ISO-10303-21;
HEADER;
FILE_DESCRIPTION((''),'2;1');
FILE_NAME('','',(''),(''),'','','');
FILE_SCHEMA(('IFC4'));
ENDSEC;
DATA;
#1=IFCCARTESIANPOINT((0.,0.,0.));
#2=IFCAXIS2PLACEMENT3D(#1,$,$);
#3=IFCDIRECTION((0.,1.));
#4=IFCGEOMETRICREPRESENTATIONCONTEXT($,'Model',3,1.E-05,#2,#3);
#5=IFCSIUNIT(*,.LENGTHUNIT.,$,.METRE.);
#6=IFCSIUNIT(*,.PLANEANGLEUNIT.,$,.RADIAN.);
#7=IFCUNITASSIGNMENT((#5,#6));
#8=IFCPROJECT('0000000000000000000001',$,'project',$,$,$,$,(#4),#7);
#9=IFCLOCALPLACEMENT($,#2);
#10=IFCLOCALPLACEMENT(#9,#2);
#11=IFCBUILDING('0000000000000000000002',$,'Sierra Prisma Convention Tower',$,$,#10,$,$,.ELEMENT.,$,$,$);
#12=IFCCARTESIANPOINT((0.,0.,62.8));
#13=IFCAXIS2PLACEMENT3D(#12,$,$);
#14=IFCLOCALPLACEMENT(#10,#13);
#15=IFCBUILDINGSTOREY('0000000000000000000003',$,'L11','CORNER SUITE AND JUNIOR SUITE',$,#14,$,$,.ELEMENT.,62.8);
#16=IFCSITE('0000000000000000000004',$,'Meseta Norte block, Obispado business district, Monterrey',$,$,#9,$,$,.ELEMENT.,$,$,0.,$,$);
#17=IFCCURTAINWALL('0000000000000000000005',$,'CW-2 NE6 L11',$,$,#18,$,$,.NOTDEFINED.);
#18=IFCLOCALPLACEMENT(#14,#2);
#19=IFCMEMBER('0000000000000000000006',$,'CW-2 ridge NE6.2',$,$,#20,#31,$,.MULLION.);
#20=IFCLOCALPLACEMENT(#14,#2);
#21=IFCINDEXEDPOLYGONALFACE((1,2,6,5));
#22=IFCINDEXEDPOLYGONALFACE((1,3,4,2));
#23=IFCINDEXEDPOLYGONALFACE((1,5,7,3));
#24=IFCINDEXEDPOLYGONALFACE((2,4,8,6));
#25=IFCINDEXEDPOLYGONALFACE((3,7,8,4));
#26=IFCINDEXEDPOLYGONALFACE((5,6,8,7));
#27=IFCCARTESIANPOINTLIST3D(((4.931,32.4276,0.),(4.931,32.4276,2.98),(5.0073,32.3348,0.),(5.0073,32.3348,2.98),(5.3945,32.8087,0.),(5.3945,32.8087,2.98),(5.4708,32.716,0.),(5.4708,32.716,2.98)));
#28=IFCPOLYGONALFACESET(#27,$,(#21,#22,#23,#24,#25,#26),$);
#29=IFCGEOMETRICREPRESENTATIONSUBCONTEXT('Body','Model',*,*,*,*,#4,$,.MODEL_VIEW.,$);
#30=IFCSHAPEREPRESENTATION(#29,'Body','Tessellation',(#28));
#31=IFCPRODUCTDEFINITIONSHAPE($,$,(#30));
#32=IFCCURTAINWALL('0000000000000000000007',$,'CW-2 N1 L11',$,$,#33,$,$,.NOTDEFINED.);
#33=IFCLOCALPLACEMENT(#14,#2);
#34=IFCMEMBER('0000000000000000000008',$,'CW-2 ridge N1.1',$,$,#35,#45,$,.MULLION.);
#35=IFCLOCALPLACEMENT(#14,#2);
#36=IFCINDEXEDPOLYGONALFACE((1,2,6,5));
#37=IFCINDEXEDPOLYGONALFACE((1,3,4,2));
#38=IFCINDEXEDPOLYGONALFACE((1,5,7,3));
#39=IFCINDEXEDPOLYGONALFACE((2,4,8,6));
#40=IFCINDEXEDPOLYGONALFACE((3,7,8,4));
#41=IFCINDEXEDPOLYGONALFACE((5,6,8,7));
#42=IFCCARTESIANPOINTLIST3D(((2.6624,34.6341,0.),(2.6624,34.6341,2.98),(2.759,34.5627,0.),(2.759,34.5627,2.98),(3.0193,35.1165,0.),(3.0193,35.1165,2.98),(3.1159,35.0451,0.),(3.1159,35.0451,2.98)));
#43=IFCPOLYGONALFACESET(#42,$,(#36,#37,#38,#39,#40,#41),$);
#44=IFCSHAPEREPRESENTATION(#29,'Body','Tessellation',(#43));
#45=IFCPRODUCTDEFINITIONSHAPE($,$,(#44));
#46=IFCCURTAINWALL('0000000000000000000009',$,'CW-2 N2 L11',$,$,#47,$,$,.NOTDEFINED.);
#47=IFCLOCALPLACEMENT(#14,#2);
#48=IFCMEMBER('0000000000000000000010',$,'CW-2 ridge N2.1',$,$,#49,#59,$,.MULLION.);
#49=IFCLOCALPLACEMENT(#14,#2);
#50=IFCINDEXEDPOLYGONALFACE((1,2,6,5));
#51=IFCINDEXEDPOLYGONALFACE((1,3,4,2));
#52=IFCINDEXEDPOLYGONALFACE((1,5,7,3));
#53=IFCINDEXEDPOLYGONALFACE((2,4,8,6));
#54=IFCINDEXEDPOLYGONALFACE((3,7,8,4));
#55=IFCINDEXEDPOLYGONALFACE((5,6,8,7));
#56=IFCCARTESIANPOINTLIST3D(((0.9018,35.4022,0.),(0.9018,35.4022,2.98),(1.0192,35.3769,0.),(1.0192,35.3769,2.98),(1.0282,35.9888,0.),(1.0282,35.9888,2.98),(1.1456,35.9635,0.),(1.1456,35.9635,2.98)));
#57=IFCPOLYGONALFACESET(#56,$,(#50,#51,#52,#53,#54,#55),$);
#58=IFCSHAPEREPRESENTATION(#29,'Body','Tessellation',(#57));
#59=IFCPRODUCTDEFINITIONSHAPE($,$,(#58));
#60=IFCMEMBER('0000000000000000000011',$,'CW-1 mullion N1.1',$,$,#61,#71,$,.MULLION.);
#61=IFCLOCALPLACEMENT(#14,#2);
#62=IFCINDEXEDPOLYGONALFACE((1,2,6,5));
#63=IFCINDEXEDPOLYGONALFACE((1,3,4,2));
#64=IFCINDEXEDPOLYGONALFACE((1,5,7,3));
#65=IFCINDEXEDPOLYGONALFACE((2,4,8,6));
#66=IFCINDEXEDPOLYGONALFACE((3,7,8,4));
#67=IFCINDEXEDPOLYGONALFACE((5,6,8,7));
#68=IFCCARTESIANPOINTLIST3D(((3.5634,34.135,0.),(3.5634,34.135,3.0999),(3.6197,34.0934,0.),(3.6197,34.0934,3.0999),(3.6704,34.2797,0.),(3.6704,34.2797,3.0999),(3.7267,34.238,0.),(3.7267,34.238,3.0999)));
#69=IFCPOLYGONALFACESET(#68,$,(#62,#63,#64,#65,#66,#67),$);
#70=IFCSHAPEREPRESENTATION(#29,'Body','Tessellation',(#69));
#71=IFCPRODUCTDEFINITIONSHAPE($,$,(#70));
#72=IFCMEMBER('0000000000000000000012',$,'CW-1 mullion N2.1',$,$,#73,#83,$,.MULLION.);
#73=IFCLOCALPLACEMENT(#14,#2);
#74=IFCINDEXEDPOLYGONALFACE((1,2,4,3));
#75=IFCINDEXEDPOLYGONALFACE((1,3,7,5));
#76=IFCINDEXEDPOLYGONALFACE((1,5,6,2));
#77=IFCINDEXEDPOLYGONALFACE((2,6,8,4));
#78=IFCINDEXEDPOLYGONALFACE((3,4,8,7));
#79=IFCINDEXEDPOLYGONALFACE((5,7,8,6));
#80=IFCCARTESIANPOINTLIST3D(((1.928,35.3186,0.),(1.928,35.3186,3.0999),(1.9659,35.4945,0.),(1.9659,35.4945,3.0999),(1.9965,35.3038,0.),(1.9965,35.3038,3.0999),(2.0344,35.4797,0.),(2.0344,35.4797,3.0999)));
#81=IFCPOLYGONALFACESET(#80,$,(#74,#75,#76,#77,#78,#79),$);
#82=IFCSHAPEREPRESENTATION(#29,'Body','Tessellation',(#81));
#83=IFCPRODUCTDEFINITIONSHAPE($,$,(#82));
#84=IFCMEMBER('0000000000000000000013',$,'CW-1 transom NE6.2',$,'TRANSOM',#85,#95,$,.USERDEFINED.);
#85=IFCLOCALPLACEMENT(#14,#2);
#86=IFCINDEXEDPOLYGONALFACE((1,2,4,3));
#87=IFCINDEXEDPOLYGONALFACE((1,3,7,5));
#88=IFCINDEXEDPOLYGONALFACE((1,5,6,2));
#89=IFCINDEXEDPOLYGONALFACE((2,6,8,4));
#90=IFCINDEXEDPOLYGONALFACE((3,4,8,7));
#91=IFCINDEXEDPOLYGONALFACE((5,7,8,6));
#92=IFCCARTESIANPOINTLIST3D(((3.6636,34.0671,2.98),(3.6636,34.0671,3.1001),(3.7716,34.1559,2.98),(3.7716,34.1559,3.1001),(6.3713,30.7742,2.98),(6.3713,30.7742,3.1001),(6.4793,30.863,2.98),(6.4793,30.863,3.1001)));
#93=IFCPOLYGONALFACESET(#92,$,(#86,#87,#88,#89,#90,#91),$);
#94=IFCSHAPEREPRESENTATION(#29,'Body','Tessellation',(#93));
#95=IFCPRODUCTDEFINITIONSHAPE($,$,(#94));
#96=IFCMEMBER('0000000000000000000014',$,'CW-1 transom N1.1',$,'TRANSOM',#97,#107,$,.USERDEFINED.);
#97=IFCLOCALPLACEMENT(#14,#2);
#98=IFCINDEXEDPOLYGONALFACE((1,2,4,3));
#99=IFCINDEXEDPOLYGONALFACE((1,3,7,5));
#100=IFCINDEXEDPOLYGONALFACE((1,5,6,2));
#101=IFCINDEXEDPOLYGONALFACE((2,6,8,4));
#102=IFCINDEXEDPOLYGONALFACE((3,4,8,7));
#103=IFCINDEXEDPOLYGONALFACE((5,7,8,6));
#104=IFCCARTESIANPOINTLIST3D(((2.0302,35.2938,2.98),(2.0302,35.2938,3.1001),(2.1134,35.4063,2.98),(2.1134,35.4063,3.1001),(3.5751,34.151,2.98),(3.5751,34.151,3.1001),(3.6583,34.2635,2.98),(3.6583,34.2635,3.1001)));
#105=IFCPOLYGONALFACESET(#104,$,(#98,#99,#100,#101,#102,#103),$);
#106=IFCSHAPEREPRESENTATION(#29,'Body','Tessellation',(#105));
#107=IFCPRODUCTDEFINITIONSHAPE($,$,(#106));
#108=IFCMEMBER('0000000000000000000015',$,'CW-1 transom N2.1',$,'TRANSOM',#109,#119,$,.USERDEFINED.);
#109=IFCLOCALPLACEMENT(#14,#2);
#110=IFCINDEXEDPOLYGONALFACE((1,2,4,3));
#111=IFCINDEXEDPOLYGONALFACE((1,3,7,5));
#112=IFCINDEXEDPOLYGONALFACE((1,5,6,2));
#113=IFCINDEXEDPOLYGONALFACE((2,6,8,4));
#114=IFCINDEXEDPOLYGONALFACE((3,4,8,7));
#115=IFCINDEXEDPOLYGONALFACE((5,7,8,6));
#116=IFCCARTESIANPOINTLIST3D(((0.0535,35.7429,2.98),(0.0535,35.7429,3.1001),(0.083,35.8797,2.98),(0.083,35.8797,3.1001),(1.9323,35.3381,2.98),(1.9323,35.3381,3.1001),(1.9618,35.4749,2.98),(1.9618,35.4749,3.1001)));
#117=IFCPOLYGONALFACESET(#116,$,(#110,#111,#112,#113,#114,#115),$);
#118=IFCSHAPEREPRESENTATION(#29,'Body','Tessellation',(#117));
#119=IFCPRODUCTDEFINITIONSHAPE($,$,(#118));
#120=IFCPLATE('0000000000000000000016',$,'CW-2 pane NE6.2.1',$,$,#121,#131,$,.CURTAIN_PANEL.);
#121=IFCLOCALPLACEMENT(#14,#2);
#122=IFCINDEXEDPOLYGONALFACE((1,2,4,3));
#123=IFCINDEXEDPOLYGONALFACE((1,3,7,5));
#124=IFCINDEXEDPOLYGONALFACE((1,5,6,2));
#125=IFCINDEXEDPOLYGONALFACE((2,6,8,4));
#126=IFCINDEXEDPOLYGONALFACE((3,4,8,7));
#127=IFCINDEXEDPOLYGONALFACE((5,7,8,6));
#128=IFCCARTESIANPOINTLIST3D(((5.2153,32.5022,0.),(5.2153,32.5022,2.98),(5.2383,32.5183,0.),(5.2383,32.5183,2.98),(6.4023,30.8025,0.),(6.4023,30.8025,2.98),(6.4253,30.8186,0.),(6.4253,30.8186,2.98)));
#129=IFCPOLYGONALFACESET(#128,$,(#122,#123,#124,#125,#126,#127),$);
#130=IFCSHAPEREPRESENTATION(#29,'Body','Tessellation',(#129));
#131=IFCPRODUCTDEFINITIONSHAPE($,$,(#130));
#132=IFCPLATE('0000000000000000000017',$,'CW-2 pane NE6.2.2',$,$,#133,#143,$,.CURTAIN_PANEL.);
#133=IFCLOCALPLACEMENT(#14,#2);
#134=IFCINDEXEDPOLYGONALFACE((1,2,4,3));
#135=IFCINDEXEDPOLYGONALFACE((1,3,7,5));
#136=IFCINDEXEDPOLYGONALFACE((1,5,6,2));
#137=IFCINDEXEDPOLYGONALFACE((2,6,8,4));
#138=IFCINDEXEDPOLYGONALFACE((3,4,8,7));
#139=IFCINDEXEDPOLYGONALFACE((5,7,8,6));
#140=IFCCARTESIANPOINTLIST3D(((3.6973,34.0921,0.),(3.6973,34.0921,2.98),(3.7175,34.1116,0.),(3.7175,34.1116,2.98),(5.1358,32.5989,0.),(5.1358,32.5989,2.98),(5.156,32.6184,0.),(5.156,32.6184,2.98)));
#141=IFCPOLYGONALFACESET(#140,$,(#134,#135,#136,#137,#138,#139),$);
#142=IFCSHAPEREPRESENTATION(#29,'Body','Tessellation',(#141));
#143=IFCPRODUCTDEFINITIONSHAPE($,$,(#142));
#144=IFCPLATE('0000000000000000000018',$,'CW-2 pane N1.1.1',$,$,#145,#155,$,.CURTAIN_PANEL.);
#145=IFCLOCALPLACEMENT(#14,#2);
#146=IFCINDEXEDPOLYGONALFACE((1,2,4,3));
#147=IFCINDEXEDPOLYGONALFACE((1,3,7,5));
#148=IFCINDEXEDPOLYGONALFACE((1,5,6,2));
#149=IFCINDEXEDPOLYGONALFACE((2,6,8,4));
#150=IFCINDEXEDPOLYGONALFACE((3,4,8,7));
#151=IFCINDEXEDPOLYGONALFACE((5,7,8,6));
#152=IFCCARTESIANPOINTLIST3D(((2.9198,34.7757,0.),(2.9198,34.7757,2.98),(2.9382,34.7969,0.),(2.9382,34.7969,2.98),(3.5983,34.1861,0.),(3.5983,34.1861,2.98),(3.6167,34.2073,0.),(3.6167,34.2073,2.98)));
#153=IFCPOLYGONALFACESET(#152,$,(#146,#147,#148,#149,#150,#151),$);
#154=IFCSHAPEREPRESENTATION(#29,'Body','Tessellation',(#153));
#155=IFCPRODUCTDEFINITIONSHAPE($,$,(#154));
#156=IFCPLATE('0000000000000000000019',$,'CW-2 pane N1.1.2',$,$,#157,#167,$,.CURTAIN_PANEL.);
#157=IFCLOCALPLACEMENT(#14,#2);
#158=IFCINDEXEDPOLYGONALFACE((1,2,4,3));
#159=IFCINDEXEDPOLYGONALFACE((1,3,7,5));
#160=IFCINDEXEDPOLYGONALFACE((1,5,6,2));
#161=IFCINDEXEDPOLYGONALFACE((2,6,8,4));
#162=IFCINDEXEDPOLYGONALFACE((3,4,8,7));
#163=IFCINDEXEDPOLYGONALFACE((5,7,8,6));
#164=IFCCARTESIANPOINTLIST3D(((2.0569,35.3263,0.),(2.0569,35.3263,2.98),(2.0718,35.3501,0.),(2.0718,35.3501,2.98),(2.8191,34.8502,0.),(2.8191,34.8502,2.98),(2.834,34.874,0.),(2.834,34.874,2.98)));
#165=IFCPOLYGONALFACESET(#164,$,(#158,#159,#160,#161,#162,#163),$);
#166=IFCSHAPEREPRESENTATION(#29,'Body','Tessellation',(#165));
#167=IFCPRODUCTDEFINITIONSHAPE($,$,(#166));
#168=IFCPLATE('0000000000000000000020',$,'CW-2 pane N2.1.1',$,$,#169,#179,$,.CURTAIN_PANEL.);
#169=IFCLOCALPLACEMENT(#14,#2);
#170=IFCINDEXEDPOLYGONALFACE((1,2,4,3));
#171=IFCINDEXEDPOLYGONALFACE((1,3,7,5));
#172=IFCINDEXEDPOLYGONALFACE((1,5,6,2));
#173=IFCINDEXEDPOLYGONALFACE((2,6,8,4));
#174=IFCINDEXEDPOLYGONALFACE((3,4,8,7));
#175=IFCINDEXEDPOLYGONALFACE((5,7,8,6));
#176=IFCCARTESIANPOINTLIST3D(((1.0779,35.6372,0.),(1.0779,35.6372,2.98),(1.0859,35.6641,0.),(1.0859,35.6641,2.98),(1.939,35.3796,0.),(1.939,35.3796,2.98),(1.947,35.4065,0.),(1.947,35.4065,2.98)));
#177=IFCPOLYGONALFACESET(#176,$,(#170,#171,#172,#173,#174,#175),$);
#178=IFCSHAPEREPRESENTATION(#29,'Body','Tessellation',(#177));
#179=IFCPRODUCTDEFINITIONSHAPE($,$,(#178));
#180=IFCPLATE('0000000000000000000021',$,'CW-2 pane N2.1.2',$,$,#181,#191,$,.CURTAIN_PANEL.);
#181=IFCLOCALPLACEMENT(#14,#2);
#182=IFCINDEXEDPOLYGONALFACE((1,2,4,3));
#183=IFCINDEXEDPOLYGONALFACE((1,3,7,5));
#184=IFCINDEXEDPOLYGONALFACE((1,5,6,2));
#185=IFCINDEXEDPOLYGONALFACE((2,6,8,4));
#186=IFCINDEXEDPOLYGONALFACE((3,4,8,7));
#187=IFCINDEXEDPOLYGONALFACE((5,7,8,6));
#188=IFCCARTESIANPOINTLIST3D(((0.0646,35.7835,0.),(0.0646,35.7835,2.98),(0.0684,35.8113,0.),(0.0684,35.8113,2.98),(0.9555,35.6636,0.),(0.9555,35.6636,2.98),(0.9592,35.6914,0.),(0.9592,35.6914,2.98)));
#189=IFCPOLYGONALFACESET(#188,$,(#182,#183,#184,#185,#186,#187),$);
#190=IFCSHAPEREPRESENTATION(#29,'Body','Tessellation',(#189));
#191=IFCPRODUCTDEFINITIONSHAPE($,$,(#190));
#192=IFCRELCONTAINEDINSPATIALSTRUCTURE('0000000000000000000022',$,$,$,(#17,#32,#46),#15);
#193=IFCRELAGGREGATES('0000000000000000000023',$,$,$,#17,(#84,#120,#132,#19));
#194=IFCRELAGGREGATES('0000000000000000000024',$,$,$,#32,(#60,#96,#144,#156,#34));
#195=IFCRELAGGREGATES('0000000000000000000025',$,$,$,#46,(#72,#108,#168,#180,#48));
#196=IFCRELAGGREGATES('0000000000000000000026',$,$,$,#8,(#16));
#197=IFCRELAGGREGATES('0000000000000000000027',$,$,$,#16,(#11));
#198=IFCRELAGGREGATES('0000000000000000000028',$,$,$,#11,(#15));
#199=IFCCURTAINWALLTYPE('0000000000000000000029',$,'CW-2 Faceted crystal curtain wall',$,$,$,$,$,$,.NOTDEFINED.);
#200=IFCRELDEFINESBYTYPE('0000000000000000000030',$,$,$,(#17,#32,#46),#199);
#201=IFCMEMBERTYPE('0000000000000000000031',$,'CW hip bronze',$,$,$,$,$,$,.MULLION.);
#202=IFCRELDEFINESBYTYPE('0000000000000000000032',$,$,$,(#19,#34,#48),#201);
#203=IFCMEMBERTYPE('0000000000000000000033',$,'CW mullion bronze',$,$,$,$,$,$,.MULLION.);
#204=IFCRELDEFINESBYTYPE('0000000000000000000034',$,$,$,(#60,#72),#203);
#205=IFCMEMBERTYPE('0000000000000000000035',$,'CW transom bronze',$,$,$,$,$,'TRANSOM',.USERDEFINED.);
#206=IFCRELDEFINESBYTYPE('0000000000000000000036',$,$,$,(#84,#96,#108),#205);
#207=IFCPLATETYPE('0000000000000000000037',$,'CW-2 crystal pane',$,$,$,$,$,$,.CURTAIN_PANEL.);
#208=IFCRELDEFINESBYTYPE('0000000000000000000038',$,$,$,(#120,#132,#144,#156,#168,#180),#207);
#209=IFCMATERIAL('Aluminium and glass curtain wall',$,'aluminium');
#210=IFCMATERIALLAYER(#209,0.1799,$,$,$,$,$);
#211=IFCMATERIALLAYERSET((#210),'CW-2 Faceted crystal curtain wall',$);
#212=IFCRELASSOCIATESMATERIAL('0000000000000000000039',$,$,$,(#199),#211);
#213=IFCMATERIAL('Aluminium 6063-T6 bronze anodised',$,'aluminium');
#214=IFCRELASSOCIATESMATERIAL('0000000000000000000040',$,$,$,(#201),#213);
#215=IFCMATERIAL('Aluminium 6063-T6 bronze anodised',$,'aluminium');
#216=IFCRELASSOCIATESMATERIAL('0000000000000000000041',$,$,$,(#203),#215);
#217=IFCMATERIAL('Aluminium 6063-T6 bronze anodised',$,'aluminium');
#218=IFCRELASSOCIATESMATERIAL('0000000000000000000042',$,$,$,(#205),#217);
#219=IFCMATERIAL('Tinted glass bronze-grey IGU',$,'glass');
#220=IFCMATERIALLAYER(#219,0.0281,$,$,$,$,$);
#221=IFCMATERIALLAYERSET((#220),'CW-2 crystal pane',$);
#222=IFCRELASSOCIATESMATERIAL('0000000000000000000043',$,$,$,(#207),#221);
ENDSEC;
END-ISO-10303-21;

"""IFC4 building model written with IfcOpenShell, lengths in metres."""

from ifc_helpers import new_model, si_unit, direction, frame, origin, origin_2d, place, context, subcontext, project, spatial, polyline, rectangle, outline, extrude, material, layer, layer_set, material_profile, profile_set, type_object, element, aggregate, save


model = new_model("IFC4")

# Units and contexts
model_context = context("Model", 3, precision=1e-05, world=origin(), true_north=direction((0.0, 1.0)))
body_context = subcontext(model_context, "Body", "Model", "MODEL_VIEW")
ifc_project = project(units=[si_unit("LENGTHUNIT", "METRE"), si_unit("PLANEANGLEUNIT", "RADIAN")], contexts=[model_context])

# Site, building, storey
site_placement = place(None, origin())
site = spatial("IfcSite", under=ifc_project, at=site_placement, Name="Meseta Norte block, Obispado business district, Monterrey", CompositionType="ELEMENT", RefElevation=0.0)
building_placement = place(site_placement, origin())
building = spatial("IfcBuilding", under=site, at=building_placement, Name="Sierra Prisma Convention Tower", CompositionType="ELEMENT")
storey_placement = place(building_placement, frame((0.0, 0.0, 62.8)))
storey = spatial("IfcBuildingStorey", under=building, at=storey_placement, Name="L11", Description="CORNER SUITE AND JUNIOR SUITE", CompositionType="ELEMENT", Elevation=62.8)

# Curtain walls, members
ifc_material_1 = material(Name="Aluminium and glass curtain wall", Category="aluminium")
ifc_layer_1 = layer(ifc_material_1, 0.1799)
ifc_layer_set_1 = layer_set([ifc_layer_1], Name="CW-2 Faceted crystal curtain wall")
curtain_wall_type = type_object("IfcCurtainWallType", Name="CW-2 Faceted crystal curtain wall", PredefinedType="NOTDEFINED", material=ifc_layer_set_1)
curtain_wall_1_placement = place(storey_placement, origin())
curtain_wall_1 = element("IfcCurtainWall", 1, at=curtain_wall_1_placement, inside=storey, type_object=curtain_wall_type, Name="CW-2 NE6 L11", PredefinedType="NOTDEFINED")
ifc_material_2 = material(Name="Aluminium 6063-T6 bronze anodised", Category="aluminium")
ifc_material_profile_1 = material_profile(ifc_material_2, rectangle(XDim=0.1201, YDim=0.6001, at=origin_2d()), Name="ALU RIDGE BLADE 120x600")
ifc_profile_set_1 = profile_set([ifc_material_profile_1], Name="Aluminium 6063-T6 bronze anodised")
member_type_1 = type_object("IfcMemberType", Name="CW hip bronze", PredefinedType="MULLION", material=ifc_profile_set_1)
member_1_placement = place(storey_placement, frame((5.2009, 32.5718, 0.0), z_axis=(0.0, 0.0, 1.0), x_axis=(-0.635148, 0.772391, 0.0)))
member_1 = element("IfcMember", 2, at=member_1_placement, type_object=member_type_1, Name="CW-2 ridge NE6.2", PredefinedType="MULLION", context=body_context, shape_type="SweptSolid", body=[
    extrude(rectangle(XDim=0.1201, YDim=0.6001, at=origin_2d()), origin(), (0.0, 0.0, 1.0), 2.98),
])
curtain_wall_2_placement = place(storey_placement, origin())
curtain_wall_2 = element("IfcCurtainWall", 3, at=curtain_wall_2_placement, inside=storey, type_object=curtain_wall_type, Name="CW-2 N1 L11", PredefinedType="NOTDEFINED")
member_2_placement = place(storey_placement, frame((2.8892, 34.8396, 0.0), z_axis=(0.0, 0.0, 1.0), x_axis=(-0.803983, 0.594653, 0.0)))
member_2 = element("IfcMember", 4, at=member_2_placement, type_object=member_type_1, Name="CW-2 ridge N1.1", PredefinedType="MULLION", context=body_context, shape_type="SweptSolid", body=[
    extrude(rectangle(XDim=0.1201, YDim=0.6001, at=origin_2d()), origin(), (0.0, 0.0, 1.0), 2.98),
])
curtain_wall_3_placement = place(storey_placement, origin())
curtain_wall_3 = element("IfcCurtainWall", 5, at=curtain_wall_3_placement, inside=storey, type_object=curtain_wall_type, Name="CW-2 N2 L11", PredefinedType="NOTDEFINED")
member_3_placement = place(storey_placement, frame((1.0237, 35.6829, 0.0), z_axis=(0.0, 0.0, 1.0), x_axis=(-0.977554, 0.210687, 0.0)))
member_3 = element("IfcMember", 6, at=member_3_placement, type_object=member_type_1, Name="CW-2 ridge N2.1", PredefinedType="MULLION", context=body_context, shape_type="SweptSolid", body=[
    extrude(rectangle(XDim=0.1201, YDim=0.6001, at=origin_2d()), origin(), (0.0, 0.0, 1.0), 2.98),
])

# Members
ifc_material_3 = material(Name="Aluminium 6063-T6 bronze anodised", Category="aluminium")
ifc_material_profile_2 = material_profile(ifc_material_3, rectangle(XDim=0.1799, YDim=0.0701, at=origin_2d()), Name="ALU MULLION 70x180")
ifc_profile_set_2 = profile_set([ifc_material_profile_2], Name="Aluminium 6063-T6 bronze anodised")
member_type_2 = type_object("IfcMemberType", Name="CW mullion bronze", PredefinedType="MULLION", material=ifc_profile_set_2)
member_4_placement = place(storey_placement, frame((3.645, 34.1865, 0.0), z_axis=(0.0, 0.0, 1.0), x_axis=(-0.594653, -0.803983, 0.0)))
member_4 = element("IfcMember", 7, at=member_4_placement, type_object=member_type_2, Name="CW-1 mullion N1.1", PredefinedType="MULLION", context=body_context, shape_type="SweptSolid", body=[
    extrude(rectangle(XDim=0.1799, YDim=0.0701, at=origin_2d()), origin(), (0.0, 0.0, 1.0), 3.0999),
])
member_5_placement = place(storey_placement, frame((1.9812, 35.3992, 0.0), z_axis=(0.0, 0.0, 1.0), x_axis=(-0.210687, -0.977554, 0.0)))
member_5 = element("IfcMember", 8, at=member_5_placement, type_object=member_type_2, Name="CW-1 mullion N2.1", PredefinedType="MULLION", context=body_context, shape_type="SweptSolid", body=[
    extrude(rectangle(XDim=0.1799, YDim=0.0701, at=origin_2d()), origin(), (0.0, 0.0, 1.0), 3.0999),
])
ifc_material_4 = material(Name="Aluminium 6063-T6 bronze anodised", Category="aluminium")
ifc_material_profile_3 = material_profile(ifc_material_4, rectangle(XDim=0.1399, YDim=0.1201, at=origin_2d()), Name="ALU TRANSOM 120x140")
ifc_profile_set_3 = profile_set([ifc_material_profile_3], Name="Aluminium 6063-T6 bronze anodised")
member_type_3 = type_object("IfcMemberType", Name="CW transom bronze", ElementType="TRANSOM", PredefinedType="USERDEFINED", material=ifc_profile_set_3)
member_6_placement = place(storey_placement, frame((6.4253, 30.8186, 3.04), z_axis=(-0.635135, 0.772401, 0.0), x_axis=(-0.772401, -0.635135, 0.0)))
member_6 = element("IfcMember", 9, at=member_6_placement, type_object=member_type_3, Name="CW-1 transom NE6.2", ObjectType="TRANSOM", PredefinedType="USERDEFINED", context=body_context, shape_type="SweptSolid", body=[
    extrude(rectangle(XDim=0.1399, YDim=0.1201, at=origin_2d()), origin(), (0.0, 0.0, 1.0), 4.2632),
])
member_7_placement = place(storey_placement, frame((3.6167, 34.2073, 3.04), z_axis=(-0.803946, 0.594702, 0.0), x_axis=(-0.594702, -0.803946, 0.0)))
member_7 = element("IfcMember", 10, at=member_7_placement, type_object=member_type_3, Name="CW-1 transom N1.1", ObjectType="TRANSOM", PredefinedType="USERDEFINED", context=body_context, shape_type="SweptSolid", body=[
    extrude(rectangle(XDim=0.1399, YDim=0.1201, at=origin_2d()), origin(), (0.0, 0.0, 1.0), 1.9216),
])
member_8_placement = place(storey_placement, frame((1.947, 35.4065, 3.04), z_axis=(-0.977566, 0.210631, 0.0), x_axis=(-0.210631, -0.977566, 0.0)))
member_8 = element("IfcMember", 11, at=member_8_placement, type_object=member_type_3, Name="CW-1 transom N2.1", ObjectType="TRANSOM", PredefinedType="USERDEFINED", context=body_context, shape_type="SweptSolid", body=[
    extrude(rectangle(XDim=0.1399, YDim=0.1201, at=origin_2d()), origin(), (0.0, 0.0, 1.0), 1.9219),
])

# Plates
ifc_material_5 = material(Name="Tinted glass bronze-grey IGU", Category="glass")
ifc_layer_2 = layer(ifc_material_5, 0.0281)
ifc_layer_set_2 = layer_set([ifc_layer_2], Name="CW-2 crystal pane")
plate_type = type_object("IfcPlateType", Name="CW-2 crystal pane", PredefinedType="CURTAIN_PANEL", material=ifc_layer_set_2)
plate_1_placement = place(storey_placement, frame((6.4253, 30.8186, 0.0), z_axis=(0.819862, 0.572561, 0.0), x_axis=(-0.572561, 0.819862, 0.0)))
plate_1 = element("IfcPlate", 12, at=plate_1_placement, type_object=plate_type, Name="CW-2 pane NE6.2.1", PredefinedType="CURTAIN_PANEL", context=body_context, shape_type="SweptSolid", body=[
    extrude(outline(polyline([(0.0, 0.0), (2.0732, 0.0), (2.0732, 2.98), (0.0, 2.98), (0.0, 0.0)])), origin(), (0.0, 0.0, -1.0), 0.0281),
])
plate_2_placement = place(storey_placement, frame((3.7175, 34.1116, 0.0), z_axis=(0.720172, 0.693796, 0.0), x_axis=(0.693796, -0.720172, 0.0)))
plate_2 = element("IfcPlate", 13, at=plate_2_placement, type_object=plate_type, Name="CW-2 pane NE6.2.2", PredefinedType="CURTAIN_PANEL", context=body_context, shape_type="SweptSolid", body=[
    extrude(outline(polyline([(0.0, 0.0), (2.0733, 0.0), (2.0733, -2.98), (0.0, -2.98), (0.0, 0.0)])), origin(), (0.0, 0.0, -1.0), 0.0281),
])
aggregate(curtain_wall_1, [member_6, plate_1, plate_2, member_1])
plate_3_placement = place(storey_placement, frame((3.6167, 34.2073, 0.0), z_axis=(0.655943, 0.75481, 0.0), x_axis=(-0.75481, 0.655943, 0.0)))
plate_3 = element("IfcPlate", 14, at=plate_3_placement, type_object=plate_type, Name="CW-2 pane N1.1.1", PredefinedType="CURTAIN_PANEL", context=body_context, shape_type="SweptSolid", body=[
    extrude(outline(polyline([(0.0, 0.0), (0.8989, 0.0), (0.8989, 2.98), (0.0, 2.98), (0.0, 0.0)])), origin(), (0.0, 0.0, -1.0), 0.0281),
])
plate_4_placement = place(storey_placement, frame((2.0718, 35.3501, 0.0), z_axis=(0.529755, 0.848151, 0.0), x_axis=(0.848151, -0.529755, 0.0)))
plate_4 = element("IfcPlate", 15, at=plate_4_placement, type_object=plate_type, Name="CW-2 pane N1.1.2", PredefinedType="CURTAIN_PANEL", context=body_context, shape_type="SweptSolid", body=[
    extrude(outline(polyline([(0.0, 0.0), (0.8987, 0.0), (0.8987, -2.98), (0.0, -2.98), (0.0, 0.0)])), origin(), (0.0, 0.0, -1.0), 0.0281),
])
aggregate(curtain_wall_2, [member_4, member_7, plate_3, plate_4, member_2])
plate_5_placement = place(storey_placement, frame((1.947, 35.4065, 0.0), z_axis=(0.286575, 0.958058, 0.0), x_axis=(-0.958058, 0.286575, 0.0)))
plate_5 = element("IfcPlate", 16, at=plate_5_placement, type_object=plate_type, Name="CW-2 pane N2.1.1", PredefinedType="CURTAIN_PANEL", context=body_context, shape_type="SweptSolid", body=[
    extrude(outline(polyline([(0.0, 0.0), (0.8988, 0.0), (0.8988, 2.98), (0.0, 2.98), (0.0, 0.0)])), origin(), (0.0, 0.0, -1.0), 0.0281),
])
plate_6_placement = place(storey_placement, frame((0.0684, 35.8113, 0.0), z_axis=(0.133356, 0.991068, 0.0), x_axis=(0.991068, -0.133356, 0.0)))
plate_6 = element("IfcPlate", 17, at=plate_6_placement, type_object=plate_type, Name="CW-2 pane N2.1.2", PredefinedType="CURTAIN_PANEL", context=body_context, shape_type="SweptSolid", body=[
    extrude(outline(polyline([(0.0, 0.0), (0.8989, 0.0), (0.8989, -2.98), (0.0, -2.98), (0.0, 0.0)])), origin(), (0.0, 0.0, -1.0), 0.0281),
])
aggregate(curtain_wall_3, [member_5, member_8, plate_5, plate_6, member_3])

save(model, "model.ifc")
